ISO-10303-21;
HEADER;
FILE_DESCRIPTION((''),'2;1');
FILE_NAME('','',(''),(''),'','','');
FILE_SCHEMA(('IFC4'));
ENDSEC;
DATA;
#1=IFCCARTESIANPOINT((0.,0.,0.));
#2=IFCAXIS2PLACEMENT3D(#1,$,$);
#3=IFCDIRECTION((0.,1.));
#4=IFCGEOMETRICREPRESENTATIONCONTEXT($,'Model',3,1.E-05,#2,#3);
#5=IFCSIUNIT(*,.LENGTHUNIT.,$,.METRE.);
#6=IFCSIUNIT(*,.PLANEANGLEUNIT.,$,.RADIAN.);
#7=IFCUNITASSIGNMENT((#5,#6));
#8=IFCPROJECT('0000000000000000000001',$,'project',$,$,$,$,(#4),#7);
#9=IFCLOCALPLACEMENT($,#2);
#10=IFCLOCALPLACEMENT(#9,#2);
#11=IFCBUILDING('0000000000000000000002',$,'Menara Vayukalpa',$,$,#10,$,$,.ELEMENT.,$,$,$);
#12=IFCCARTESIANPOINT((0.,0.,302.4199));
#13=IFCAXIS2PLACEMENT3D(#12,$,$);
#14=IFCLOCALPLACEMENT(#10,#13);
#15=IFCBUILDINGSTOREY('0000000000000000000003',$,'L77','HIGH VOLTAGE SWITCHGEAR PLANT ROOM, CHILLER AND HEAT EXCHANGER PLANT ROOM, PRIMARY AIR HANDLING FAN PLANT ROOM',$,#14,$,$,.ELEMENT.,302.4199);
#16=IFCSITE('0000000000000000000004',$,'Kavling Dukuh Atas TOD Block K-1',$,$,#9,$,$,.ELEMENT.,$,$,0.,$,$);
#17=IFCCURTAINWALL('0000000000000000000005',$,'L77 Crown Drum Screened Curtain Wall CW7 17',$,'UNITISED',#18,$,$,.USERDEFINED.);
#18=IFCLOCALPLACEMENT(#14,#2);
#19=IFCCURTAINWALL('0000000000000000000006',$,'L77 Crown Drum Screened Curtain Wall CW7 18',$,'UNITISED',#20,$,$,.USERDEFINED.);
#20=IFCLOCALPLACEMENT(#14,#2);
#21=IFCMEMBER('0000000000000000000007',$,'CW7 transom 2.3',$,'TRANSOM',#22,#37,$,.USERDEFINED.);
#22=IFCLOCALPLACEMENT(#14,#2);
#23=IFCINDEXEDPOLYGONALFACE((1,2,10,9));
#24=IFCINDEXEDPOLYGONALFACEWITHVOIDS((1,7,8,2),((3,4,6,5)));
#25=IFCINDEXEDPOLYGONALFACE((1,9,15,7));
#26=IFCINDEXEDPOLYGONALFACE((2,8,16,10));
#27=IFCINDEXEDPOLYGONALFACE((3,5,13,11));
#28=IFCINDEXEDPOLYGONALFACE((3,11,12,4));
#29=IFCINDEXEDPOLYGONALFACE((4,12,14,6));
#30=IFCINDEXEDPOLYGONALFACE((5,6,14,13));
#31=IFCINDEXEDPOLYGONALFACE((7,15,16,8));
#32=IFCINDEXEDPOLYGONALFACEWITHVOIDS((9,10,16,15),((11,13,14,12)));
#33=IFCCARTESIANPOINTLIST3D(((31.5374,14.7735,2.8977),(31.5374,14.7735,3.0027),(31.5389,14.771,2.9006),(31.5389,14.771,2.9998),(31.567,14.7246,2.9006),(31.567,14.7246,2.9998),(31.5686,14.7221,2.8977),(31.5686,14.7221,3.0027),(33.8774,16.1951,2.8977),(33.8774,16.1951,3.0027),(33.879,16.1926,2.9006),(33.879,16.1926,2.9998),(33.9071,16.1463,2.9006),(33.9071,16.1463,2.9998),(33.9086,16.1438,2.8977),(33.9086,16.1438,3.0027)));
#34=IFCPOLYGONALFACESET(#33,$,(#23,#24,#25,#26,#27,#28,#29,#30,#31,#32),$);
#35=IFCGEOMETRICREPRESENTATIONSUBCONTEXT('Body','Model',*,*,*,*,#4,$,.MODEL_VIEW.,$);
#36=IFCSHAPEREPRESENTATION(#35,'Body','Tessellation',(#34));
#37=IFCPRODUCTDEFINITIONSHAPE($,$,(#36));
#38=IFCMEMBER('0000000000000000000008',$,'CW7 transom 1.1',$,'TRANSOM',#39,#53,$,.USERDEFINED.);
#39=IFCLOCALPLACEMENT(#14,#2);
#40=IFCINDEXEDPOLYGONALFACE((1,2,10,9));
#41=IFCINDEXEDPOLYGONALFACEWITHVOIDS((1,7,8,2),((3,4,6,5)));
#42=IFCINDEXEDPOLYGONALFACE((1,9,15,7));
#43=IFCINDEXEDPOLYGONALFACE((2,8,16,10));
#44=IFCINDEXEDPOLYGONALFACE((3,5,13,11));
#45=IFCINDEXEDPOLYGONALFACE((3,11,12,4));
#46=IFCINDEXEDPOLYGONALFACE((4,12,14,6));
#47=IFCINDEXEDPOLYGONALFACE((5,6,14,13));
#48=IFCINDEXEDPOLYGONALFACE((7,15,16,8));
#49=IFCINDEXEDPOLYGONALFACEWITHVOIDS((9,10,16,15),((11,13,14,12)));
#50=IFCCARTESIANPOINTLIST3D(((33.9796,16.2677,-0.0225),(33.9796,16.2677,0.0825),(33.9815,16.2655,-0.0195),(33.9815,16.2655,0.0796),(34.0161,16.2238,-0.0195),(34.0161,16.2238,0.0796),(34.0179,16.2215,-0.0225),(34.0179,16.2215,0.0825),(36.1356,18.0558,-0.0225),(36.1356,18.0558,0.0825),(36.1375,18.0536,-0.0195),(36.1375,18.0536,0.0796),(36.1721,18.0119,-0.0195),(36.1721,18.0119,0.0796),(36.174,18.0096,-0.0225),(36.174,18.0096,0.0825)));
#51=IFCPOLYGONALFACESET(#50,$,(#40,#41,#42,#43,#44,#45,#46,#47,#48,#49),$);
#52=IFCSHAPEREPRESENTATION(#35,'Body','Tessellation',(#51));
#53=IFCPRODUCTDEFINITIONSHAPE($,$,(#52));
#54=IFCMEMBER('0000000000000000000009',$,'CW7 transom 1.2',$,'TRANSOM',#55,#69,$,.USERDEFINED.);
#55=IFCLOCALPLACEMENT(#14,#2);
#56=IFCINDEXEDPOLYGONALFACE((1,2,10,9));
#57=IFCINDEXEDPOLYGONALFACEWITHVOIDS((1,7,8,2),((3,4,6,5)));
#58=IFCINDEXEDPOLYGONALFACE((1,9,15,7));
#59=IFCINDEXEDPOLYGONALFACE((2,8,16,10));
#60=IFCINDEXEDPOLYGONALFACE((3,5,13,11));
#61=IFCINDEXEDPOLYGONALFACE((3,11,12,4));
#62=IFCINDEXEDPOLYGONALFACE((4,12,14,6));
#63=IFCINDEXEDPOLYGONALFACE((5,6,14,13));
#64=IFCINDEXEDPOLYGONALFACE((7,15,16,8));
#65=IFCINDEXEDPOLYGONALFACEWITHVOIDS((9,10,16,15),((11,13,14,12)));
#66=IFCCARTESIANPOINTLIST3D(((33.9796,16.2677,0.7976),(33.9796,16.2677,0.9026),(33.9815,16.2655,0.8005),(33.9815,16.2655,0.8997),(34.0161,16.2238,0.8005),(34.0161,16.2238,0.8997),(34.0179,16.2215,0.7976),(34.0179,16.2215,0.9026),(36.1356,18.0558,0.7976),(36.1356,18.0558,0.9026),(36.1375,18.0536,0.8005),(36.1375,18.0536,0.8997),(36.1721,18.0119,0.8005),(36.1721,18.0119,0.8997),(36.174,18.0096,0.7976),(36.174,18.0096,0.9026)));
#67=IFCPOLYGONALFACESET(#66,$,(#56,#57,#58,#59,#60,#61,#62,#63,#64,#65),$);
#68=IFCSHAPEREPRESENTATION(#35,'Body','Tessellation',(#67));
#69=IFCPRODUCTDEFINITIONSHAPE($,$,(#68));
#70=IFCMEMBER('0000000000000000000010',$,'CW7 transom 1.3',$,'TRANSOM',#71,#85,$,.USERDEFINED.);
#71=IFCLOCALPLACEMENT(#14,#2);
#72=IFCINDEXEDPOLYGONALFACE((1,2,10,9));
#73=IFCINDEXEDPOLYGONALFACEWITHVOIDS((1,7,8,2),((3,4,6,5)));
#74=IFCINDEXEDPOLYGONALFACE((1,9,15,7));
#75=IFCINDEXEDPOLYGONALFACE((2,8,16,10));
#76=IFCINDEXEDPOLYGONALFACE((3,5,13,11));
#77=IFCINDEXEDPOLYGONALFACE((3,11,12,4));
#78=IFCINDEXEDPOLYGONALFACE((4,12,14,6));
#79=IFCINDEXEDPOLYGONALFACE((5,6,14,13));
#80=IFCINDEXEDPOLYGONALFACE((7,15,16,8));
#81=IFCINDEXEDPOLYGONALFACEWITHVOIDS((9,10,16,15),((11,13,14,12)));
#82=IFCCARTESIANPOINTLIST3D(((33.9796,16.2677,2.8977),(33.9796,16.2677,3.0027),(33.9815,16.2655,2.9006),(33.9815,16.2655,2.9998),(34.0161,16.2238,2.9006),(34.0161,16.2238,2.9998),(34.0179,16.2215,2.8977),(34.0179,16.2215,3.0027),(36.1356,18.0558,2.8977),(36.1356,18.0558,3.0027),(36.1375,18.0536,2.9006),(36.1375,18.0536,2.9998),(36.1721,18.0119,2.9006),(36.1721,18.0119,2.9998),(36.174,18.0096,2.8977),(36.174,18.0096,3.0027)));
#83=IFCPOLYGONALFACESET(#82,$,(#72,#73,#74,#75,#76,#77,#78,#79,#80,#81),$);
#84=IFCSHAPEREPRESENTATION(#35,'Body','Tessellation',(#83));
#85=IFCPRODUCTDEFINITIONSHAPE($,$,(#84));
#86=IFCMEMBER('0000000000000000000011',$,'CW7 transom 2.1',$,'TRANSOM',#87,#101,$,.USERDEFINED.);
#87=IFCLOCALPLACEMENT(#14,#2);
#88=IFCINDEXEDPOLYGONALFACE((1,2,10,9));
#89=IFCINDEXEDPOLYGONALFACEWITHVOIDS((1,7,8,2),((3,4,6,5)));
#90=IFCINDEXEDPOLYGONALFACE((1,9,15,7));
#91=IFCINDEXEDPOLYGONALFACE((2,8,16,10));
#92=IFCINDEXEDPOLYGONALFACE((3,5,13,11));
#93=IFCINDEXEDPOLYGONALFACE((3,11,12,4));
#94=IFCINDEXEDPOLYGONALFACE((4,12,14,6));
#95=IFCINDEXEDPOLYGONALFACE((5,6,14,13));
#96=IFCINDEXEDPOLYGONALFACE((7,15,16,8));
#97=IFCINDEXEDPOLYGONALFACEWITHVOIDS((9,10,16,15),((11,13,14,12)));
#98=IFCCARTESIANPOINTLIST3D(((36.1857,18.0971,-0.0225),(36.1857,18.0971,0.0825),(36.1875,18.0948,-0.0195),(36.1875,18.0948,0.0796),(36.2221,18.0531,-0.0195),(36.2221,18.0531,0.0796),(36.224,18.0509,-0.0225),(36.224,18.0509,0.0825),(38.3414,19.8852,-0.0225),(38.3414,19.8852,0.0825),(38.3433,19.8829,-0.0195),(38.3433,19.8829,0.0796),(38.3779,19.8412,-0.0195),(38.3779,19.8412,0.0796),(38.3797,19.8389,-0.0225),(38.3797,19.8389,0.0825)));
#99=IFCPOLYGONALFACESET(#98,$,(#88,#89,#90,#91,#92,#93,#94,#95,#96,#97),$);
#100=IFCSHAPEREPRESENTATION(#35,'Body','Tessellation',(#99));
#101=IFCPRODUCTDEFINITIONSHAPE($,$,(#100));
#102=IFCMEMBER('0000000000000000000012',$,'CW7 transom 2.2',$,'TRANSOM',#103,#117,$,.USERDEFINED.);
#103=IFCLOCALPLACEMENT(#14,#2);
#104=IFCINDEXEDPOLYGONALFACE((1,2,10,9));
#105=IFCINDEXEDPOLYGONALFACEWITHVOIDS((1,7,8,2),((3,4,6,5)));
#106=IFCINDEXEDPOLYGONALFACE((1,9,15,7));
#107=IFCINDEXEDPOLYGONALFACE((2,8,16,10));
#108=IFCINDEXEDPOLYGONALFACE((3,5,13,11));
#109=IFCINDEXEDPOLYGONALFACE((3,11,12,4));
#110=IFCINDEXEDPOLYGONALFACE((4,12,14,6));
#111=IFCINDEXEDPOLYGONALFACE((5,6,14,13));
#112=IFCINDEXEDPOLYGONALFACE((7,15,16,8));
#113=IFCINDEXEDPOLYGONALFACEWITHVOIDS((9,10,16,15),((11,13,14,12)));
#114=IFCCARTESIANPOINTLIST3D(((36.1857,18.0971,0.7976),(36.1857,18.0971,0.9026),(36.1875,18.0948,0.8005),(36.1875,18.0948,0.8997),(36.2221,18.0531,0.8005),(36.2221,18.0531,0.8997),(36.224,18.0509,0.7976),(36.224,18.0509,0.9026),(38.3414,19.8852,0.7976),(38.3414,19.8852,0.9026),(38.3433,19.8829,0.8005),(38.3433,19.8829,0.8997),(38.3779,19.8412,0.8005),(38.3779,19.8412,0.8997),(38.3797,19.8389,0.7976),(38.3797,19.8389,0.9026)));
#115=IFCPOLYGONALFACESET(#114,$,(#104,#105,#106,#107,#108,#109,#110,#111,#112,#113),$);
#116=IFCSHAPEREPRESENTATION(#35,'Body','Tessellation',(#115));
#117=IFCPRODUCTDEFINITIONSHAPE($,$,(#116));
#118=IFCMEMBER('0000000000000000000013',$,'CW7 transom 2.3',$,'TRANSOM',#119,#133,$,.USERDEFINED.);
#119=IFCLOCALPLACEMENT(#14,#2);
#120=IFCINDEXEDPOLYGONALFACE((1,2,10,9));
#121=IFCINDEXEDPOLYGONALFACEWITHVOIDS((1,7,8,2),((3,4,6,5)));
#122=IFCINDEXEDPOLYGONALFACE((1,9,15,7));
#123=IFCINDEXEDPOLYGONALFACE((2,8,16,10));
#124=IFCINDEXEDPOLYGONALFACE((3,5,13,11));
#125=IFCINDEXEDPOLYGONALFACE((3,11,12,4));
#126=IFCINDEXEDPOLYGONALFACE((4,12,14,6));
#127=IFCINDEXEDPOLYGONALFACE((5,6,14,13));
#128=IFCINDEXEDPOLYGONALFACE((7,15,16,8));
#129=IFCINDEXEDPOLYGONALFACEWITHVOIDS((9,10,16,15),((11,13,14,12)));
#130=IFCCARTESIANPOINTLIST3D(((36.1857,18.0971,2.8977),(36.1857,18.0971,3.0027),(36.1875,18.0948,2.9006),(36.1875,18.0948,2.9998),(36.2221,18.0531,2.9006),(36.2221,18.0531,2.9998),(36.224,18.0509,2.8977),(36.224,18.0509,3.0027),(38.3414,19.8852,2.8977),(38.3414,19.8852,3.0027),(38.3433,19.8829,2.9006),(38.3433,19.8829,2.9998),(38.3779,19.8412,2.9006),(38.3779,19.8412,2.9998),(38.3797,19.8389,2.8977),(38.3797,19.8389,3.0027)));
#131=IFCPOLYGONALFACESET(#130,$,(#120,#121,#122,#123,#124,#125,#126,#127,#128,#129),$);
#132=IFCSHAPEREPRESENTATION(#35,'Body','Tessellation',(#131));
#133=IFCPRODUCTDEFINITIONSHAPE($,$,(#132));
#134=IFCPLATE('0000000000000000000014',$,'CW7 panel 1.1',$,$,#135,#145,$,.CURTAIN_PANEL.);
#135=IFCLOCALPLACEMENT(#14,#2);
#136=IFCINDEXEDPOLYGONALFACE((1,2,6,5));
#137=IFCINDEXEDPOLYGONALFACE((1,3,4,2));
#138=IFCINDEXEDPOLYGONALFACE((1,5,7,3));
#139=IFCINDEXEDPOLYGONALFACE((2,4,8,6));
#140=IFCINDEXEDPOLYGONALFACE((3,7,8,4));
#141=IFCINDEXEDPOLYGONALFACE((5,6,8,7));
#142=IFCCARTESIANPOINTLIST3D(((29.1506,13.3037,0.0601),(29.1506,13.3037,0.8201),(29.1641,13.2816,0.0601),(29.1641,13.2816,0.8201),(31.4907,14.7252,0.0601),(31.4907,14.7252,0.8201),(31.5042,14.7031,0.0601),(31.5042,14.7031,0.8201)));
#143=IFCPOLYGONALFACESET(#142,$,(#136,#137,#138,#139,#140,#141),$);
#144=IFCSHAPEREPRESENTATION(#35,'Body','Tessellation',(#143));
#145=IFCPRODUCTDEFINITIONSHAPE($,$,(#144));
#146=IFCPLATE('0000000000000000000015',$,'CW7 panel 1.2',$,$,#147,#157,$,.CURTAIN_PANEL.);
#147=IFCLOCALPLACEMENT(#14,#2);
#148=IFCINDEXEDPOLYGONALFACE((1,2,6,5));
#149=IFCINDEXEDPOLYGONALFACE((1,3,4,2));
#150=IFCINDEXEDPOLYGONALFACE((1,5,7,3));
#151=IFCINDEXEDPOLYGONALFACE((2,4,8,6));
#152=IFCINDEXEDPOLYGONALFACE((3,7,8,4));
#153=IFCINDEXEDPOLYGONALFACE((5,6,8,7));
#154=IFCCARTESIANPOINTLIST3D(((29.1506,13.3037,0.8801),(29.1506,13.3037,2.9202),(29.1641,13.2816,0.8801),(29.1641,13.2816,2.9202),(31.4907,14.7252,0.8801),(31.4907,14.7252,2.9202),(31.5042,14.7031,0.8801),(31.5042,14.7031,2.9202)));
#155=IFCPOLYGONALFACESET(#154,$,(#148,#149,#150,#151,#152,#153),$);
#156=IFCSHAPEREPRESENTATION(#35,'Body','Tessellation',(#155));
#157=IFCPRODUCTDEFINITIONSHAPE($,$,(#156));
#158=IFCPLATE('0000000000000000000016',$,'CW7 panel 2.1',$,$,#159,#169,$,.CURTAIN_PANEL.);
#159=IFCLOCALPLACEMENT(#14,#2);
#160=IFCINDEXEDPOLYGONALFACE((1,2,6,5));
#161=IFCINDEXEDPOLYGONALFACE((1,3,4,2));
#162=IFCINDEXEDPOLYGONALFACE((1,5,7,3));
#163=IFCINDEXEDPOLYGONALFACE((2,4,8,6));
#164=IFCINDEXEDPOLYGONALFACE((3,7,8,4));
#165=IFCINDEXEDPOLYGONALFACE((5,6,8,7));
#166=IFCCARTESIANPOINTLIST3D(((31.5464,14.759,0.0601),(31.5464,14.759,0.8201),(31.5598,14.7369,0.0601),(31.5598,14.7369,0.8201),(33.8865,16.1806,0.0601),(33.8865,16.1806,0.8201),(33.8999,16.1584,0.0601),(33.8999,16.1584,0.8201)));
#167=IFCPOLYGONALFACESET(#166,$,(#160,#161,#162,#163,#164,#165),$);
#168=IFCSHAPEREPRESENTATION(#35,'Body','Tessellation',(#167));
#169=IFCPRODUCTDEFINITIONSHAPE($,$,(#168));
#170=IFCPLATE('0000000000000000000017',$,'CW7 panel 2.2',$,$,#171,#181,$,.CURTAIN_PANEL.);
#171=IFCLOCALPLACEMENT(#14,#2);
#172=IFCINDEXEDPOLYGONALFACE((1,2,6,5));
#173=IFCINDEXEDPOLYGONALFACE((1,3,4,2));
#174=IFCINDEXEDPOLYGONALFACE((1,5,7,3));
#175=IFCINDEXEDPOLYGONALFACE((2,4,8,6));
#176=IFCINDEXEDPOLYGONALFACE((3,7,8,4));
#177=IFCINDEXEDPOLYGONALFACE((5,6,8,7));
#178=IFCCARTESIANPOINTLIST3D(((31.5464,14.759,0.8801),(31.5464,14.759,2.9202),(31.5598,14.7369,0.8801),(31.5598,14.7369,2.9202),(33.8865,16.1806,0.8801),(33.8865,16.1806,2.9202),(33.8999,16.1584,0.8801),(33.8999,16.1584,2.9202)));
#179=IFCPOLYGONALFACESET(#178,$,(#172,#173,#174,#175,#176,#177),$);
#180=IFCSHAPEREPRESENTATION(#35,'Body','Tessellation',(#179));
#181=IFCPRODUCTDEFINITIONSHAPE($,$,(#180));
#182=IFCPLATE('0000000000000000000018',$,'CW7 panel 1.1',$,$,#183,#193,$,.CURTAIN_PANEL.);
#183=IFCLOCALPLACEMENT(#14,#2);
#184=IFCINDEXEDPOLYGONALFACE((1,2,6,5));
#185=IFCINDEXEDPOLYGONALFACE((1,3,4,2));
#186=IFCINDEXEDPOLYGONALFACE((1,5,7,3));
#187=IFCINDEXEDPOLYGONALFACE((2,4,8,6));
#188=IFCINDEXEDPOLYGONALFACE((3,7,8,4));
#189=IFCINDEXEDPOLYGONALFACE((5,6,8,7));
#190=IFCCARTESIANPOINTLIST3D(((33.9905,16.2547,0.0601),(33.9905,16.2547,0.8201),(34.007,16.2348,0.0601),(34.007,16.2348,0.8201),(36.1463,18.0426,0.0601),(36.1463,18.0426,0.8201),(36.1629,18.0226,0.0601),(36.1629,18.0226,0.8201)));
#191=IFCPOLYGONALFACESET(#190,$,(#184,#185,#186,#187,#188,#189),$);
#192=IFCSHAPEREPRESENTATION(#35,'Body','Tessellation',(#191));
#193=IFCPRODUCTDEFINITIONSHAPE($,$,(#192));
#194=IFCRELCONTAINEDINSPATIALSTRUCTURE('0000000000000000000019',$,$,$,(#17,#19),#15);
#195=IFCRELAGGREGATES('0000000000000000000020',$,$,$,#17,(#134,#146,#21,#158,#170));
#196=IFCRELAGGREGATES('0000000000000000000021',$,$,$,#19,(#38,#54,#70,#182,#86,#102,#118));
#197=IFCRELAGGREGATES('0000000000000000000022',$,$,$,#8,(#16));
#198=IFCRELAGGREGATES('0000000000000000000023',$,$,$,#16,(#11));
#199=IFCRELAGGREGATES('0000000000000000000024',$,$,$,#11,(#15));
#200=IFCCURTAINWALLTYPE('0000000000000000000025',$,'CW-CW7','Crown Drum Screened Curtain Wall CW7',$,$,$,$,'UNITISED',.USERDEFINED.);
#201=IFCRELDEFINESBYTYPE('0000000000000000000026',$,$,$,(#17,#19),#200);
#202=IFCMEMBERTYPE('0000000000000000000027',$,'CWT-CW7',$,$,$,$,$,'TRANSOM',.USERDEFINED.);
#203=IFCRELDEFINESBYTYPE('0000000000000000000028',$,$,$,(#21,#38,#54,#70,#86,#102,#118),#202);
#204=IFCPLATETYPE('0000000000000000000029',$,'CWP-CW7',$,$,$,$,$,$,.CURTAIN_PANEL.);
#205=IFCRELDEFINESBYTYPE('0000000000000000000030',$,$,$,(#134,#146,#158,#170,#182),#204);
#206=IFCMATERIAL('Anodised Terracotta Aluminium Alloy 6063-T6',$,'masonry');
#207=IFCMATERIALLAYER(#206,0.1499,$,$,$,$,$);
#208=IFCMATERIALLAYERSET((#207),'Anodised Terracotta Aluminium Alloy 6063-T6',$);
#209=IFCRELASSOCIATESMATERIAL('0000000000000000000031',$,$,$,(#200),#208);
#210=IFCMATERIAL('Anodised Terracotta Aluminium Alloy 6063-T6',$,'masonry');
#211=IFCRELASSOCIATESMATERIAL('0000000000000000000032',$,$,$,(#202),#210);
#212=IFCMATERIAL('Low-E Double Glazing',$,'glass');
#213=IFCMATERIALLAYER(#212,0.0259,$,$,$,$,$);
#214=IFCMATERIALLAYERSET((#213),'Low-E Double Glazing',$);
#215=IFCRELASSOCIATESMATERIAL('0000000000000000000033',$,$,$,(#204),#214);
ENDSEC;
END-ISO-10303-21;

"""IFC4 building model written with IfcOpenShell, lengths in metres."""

from ifc_helpers import new_model, si_unit, direction, frame, origin, origin_2d, place, context, subcontext, project, spatial, rectangle, hollow_rectangle, extrude, material, layer, layer_set, material_profile, profile_set, type_object, element, aggregate, save


model = new_model("IFC4")

# Units and contexts
model_context = context("Model", 3, precision=1e-05, world=origin(), true_north=direction((0.0, 1.0)))
body_context = subcontext(model_context, "Body", "Model", "MODEL_VIEW")
ifc_project = project(units=[si_unit("LENGTHUNIT", "METRE"), si_unit("PLANEANGLEUNIT", "RADIAN")], contexts=[model_context])

# Site, building, storey
site_placement = place(None, origin())
site = spatial("IfcSite", under=ifc_project, at=site_placement, Name="Kavling Dukuh Atas TOD Block K-1", CompositionType="ELEMENT", RefElevation=0.0)
building_placement = place(site_placement, origin())
building = spatial("IfcBuilding", under=site, at=building_placement, Name="Menara Vayukalpa", CompositionType="ELEMENT")
storey_placement = place(building_placement, frame((0.0, 0.0, 302.4199)))
storey = spatial("IfcBuildingStorey", under=building, at=storey_placement, Name="L77", Description="HIGH VOLTAGE SWITCHGEAR PLANT ROOM, CHILLER AND HEAT EXCHANGER PLANT ROOM, PRIMARY AIR HANDLING FAN PLANT ROOM", CompositionType="ELEMENT", Elevation=302.4199)

# Curtain walls
ifc_material_1 = material(Name="Anodised Terracotta Aluminium Alloy 6063-T6", Category="masonry")
ifc_layer_1 = layer(ifc_material_1, 0.1499)
ifc_layer_set_1 = layer_set([ifc_layer_1], Name="Anodised Terracotta Aluminium Alloy 6063-T6")
curtain_wall_type = type_object("IfcCurtainWallType", Name="CW-CW7", Description="Crown Drum Screened Curtain Wall CW7", ElementType="UNITISED", PredefinedType="USERDEFINED", material=ifc_layer_set_1)
curtain_wall_1_placement = place(storey_placement, origin())
curtain_wall_1 = element("IfcCurtainWall", 1, at=curtain_wall_1_placement, inside=storey, type_object=curtain_wall_type, Name="L77 Crown Drum Screened Curtain Wall CW7 17", ObjectType="UNITISED", PredefinedType="USERDEFINED")
curtain_wall_2_placement = place(storey_placement, origin())
curtain_wall_2 = element("IfcCurtainWall", 2, at=curtain_wall_2_placement, inside=storey, type_object=curtain_wall_type, Name="L77 Crown Drum Screened Curtain Wall CW7 18", ObjectType="UNITISED", PredefinedType="USERDEFINED")

# Members
ifc_material_2 = material(Name="Anodised Terracotta Aluminium Alloy 6063-T6", Category="masonry")
ifc_material_profile_1 = material_profile(ifc_material_2, hollow_rectangle(XDim=0.0601, YDim=0.105, WallThickness=0.0029, at=origin_2d()), Name="ALU 60x105x3")
ifc_profile_set_1 = profile_set([ifc_material_profile_1], Name="Anodised Terracotta Aluminium Alloy 6063-T6")
member_type_1 = type_object("IfcMemberType", Name="CWT-CW7", ElementType="TRANSOM", PredefinedType="USERDEFINED", material=ifc_profile_set_1)
member_1_placement = place(storey_placement, frame((31.553, 14.7478, 2.9502), z_axis=(0.854648, 0.519208, 0.0), x_axis=(-0.519208, 0.854648, 0.0)))
member_1 = element("IfcMember", 3, at=member_1_placement, type_object=member_type_1, Name="CW7 transom 2.3", ObjectType="TRANSOM", PredefinedType="USERDEFINED", context=body_context, shape_type="SweptSolid", body=[
    extrude(hollow_rectangle(XDim=0.0601, YDim=0.105, WallThickness=0.0029, at=origin_2d()), origin(), (0.0, 0.0, 1.0), 2.738),
])
member_2_placement = place(storey_placement, frame((33.9988, 16.2446, 0.03), z_axis=(0.769727, 0.638374, 0.0), x_axis=(-0.638374, 0.769727, 0.0)))
member_2 = element("IfcMember", 4, at=member_2_placement, type_object=member_type_1, Name="CW7 transom 1.1", ObjectType="TRANSOM", PredefinedType="USERDEFINED", context=body_context, shape_type="SweptSolid", body=[
    extrude(hollow_rectangle(XDim=0.0601, YDim=0.105, WallThickness=0.0029, at=origin_2d()), origin(), (0.0, 0.0, 1.0), 2.801),
])
member_3_placement = place(storey_placement, frame((33.9988, 16.2446, 0.8501), z_axis=(0.769727, 0.638374, 0.0), x_axis=(-0.638374, 0.769727, 0.0)))
member_3 = element("IfcMember", 5, at=member_3_placement, type_object=member_type_1, Name="CW7 transom 1.2", ObjectType="TRANSOM", PredefinedType="USERDEFINED", context=body_context, shape_type="SweptSolid", body=[
    extrude(hollow_rectangle(XDim=0.0601, YDim=0.105, WallThickness=0.0029, at=origin_2d()), origin(), (0.0, 0.0, 1.0), 2.801),
])
member_4_placement = place(storey_placement, frame((33.9988, 16.2446, 2.9502), z_axis=(0.769727, 0.638374, 0.0), x_axis=(-0.638374, 0.769727, 0.0)))
member_4 = element("IfcMember", 6, at=member_4_placement, type_object=member_type_1, Name="CW7 transom 1.3", ObjectType="TRANSOM", PredefinedType="USERDEFINED", context=body_context, shape_type="SweptSolid", body=[
    extrude(hollow_rectangle(XDim=0.0601, YDim=0.105, WallThickness=0.0029, at=origin_2d()), origin(), (0.0, 0.0, 1.0), 2.801),
])
member_5_placement = place(storey_placement, frame((36.2048, 18.074, 0.03), z_axis=(0.769691, 0.638416, 0.0), x_axis=(-0.638416, 0.769691, 0.0)))
member_5 = element("IfcMember", 7, at=member_5_placement, type_object=member_type_1, Name="CW7 transom 2.1", ObjectType="TRANSOM", PredefinedType="USERDEFINED", context=body_context, shape_type="SweptSolid", body=[
    extrude(hollow_rectangle(XDim=0.0601, YDim=0.105, WallThickness=0.0029, at=origin_2d()), origin(), (0.0, 0.0, 1.0), 2.8008),
])
member_6_placement = place(storey_placement, frame((36.2048, 18.074, 0.8501), z_axis=(0.769691, 0.638416, 0.0), x_axis=(-0.638416, 0.769691, 0.0)))
member_6 = element("IfcMember", 8, at=member_6_placement, type_object=member_type_1, Name="CW7 transom 2.2", ObjectType="TRANSOM", PredefinedType="USERDEFINED", context=body_context, shape_type="SweptSolid", body=[
    extrude(hollow_rectangle(XDim=0.0601, YDim=0.105, WallThickness=0.0029, at=origin_2d()), origin(), (0.0, 0.0, 1.0), 2.8008),
])
member_7_placement = place(storey_placement, frame((36.2048, 18.074, 2.9502), z_axis=(0.769691, 0.638416, 0.0), x_axis=(-0.638416, 0.769691, 0.0)))
member_7 = element("IfcMember", 9, at=member_7_placement, type_object=member_type_1, Name="CW7 transom 2.3", ObjectType="TRANSOM", PredefinedType="USERDEFINED", context=body_context, shape_type="SweptSolid", body=[
    extrude(hollow_rectangle(XDim=0.0601, YDim=0.105, WallThickness=0.0029, at=origin_2d()), origin(), (0.0, 0.0, 1.0), 2.8008),
])

# Plates
ifc_material_3 = material(Name="Low-E Double Glazing", Category="glass")
ifc_layer_2 = layer(ifc_material_3, 0.0259)
ifc_layer_set_2 = layer_set([ifc_layer_2], Name="Low-E Double Glazing")
plate_type = type_object("IfcPlateType", Name="CWP-CW7", PredefinedType="CURTAIN_PANEL", material=ifc_layer_set_2)
plate_1_placement = place(storey_placement, frame((30.3274, 14.0034, 0.0601), z_axis=(0.0, 0.0, 1.0), x_axis=(0.854667, 0.519176, 0.0)))
plate_1 = element("IfcPlate", 10, at=plate_1_placement, type_object=plate_type, Name="CW7 panel 1.1", PredefinedType="CURTAIN_PANEL", context=body_context, shape_type="SweptSolid", body=[
    extrude(rectangle(XDim=2.738, YDim=0.0259, at=origin_2d()), origin(), (0.0, 0.0, 1.0), 0.76),
])
plate_2_placement = place(storey_placement, frame((30.3274, 14.0034, 0.8801), z_axis=(0.0, 0.0, 1.0), x_axis=(0.854667, 0.519176, 0.0)))
plate_2 = element("IfcPlate", 11, at=plate_2_placement, type_object=plate_type, Name="CW7 panel 1.2", PredefinedType="CURTAIN_PANEL", context=body_context, shape_type="SweptSolid", body=[
    extrude(rectangle(XDim=2.738, YDim=0.0259, at=origin_2d()), origin(), (0.0, 0.0, 1.0), 2.04),
])
plate_3_placement = place(storey_placement, frame((32.7231, 15.4587, 0.0601), z_axis=(0.0, 0.0, 1.0), x_axis=(0.854667, 0.519176, 0.0)))
plate_3 = element("IfcPlate", 12, at=plate_3_placement, type_object=plate_type, Name="CW7 panel 2.1", PredefinedType="CURTAIN_PANEL", context=body_context, shape_type="SweptSolid", body=[
    extrude(rectangle(XDim=2.738, YDim=0.0259, at=origin_2d()), origin(), (0.0, 0.0, 1.0), 0.76),
])
plate_4_placement = place(storey_placement, frame((32.7231, 15.4587, 0.8801), z_axis=(0.0, 0.0, 1.0), x_axis=(0.854667, 0.519176, 0.0)))
plate_4 = element("IfcPlate", 13, at=plate_4_placement, type_object=plate_type, Name="CW7 panel 2.2", PredefinedType="CURTAIN_PANEL", context=body_context, shape_type="SweptSolid", body=[
    extrude(rectangle(XDim=2.738, YDim=0.0259, at=origin_2d()), origin(), (0.0, 0.0, 1.0), 2.04),
])
aggregate(curtain_wall_1, [plate_1, plate_2, member_1, plate_3, plate_4])
plate_5_placement = place(storey_placement, frame((35.0767, 17.1387, 0.0601), z_axis=(0.0, 0.0, 1.0), x_axis=(0.769749, 0.638347, 0.0)))
plate_5 = element("IfcPlate", 14, at=plate_5_placement, type_object=plate_type, Name="CW7 panel 1.1", PredefinedType="CURTAIN_PANEL", context=body_context, shape_type="SweptSolid", body=[
    extrude(rectangle(XDim=2.8008, YDim=0.0259, at=origin_2d()), origin(), (0.0, 0.0, 1.0), 0.76),
])
aggregate(curtain_wall_2, [member_2, member_3, member_4, plate_5, member_5, member_6, member_7])

save(model, "model.ifc")
